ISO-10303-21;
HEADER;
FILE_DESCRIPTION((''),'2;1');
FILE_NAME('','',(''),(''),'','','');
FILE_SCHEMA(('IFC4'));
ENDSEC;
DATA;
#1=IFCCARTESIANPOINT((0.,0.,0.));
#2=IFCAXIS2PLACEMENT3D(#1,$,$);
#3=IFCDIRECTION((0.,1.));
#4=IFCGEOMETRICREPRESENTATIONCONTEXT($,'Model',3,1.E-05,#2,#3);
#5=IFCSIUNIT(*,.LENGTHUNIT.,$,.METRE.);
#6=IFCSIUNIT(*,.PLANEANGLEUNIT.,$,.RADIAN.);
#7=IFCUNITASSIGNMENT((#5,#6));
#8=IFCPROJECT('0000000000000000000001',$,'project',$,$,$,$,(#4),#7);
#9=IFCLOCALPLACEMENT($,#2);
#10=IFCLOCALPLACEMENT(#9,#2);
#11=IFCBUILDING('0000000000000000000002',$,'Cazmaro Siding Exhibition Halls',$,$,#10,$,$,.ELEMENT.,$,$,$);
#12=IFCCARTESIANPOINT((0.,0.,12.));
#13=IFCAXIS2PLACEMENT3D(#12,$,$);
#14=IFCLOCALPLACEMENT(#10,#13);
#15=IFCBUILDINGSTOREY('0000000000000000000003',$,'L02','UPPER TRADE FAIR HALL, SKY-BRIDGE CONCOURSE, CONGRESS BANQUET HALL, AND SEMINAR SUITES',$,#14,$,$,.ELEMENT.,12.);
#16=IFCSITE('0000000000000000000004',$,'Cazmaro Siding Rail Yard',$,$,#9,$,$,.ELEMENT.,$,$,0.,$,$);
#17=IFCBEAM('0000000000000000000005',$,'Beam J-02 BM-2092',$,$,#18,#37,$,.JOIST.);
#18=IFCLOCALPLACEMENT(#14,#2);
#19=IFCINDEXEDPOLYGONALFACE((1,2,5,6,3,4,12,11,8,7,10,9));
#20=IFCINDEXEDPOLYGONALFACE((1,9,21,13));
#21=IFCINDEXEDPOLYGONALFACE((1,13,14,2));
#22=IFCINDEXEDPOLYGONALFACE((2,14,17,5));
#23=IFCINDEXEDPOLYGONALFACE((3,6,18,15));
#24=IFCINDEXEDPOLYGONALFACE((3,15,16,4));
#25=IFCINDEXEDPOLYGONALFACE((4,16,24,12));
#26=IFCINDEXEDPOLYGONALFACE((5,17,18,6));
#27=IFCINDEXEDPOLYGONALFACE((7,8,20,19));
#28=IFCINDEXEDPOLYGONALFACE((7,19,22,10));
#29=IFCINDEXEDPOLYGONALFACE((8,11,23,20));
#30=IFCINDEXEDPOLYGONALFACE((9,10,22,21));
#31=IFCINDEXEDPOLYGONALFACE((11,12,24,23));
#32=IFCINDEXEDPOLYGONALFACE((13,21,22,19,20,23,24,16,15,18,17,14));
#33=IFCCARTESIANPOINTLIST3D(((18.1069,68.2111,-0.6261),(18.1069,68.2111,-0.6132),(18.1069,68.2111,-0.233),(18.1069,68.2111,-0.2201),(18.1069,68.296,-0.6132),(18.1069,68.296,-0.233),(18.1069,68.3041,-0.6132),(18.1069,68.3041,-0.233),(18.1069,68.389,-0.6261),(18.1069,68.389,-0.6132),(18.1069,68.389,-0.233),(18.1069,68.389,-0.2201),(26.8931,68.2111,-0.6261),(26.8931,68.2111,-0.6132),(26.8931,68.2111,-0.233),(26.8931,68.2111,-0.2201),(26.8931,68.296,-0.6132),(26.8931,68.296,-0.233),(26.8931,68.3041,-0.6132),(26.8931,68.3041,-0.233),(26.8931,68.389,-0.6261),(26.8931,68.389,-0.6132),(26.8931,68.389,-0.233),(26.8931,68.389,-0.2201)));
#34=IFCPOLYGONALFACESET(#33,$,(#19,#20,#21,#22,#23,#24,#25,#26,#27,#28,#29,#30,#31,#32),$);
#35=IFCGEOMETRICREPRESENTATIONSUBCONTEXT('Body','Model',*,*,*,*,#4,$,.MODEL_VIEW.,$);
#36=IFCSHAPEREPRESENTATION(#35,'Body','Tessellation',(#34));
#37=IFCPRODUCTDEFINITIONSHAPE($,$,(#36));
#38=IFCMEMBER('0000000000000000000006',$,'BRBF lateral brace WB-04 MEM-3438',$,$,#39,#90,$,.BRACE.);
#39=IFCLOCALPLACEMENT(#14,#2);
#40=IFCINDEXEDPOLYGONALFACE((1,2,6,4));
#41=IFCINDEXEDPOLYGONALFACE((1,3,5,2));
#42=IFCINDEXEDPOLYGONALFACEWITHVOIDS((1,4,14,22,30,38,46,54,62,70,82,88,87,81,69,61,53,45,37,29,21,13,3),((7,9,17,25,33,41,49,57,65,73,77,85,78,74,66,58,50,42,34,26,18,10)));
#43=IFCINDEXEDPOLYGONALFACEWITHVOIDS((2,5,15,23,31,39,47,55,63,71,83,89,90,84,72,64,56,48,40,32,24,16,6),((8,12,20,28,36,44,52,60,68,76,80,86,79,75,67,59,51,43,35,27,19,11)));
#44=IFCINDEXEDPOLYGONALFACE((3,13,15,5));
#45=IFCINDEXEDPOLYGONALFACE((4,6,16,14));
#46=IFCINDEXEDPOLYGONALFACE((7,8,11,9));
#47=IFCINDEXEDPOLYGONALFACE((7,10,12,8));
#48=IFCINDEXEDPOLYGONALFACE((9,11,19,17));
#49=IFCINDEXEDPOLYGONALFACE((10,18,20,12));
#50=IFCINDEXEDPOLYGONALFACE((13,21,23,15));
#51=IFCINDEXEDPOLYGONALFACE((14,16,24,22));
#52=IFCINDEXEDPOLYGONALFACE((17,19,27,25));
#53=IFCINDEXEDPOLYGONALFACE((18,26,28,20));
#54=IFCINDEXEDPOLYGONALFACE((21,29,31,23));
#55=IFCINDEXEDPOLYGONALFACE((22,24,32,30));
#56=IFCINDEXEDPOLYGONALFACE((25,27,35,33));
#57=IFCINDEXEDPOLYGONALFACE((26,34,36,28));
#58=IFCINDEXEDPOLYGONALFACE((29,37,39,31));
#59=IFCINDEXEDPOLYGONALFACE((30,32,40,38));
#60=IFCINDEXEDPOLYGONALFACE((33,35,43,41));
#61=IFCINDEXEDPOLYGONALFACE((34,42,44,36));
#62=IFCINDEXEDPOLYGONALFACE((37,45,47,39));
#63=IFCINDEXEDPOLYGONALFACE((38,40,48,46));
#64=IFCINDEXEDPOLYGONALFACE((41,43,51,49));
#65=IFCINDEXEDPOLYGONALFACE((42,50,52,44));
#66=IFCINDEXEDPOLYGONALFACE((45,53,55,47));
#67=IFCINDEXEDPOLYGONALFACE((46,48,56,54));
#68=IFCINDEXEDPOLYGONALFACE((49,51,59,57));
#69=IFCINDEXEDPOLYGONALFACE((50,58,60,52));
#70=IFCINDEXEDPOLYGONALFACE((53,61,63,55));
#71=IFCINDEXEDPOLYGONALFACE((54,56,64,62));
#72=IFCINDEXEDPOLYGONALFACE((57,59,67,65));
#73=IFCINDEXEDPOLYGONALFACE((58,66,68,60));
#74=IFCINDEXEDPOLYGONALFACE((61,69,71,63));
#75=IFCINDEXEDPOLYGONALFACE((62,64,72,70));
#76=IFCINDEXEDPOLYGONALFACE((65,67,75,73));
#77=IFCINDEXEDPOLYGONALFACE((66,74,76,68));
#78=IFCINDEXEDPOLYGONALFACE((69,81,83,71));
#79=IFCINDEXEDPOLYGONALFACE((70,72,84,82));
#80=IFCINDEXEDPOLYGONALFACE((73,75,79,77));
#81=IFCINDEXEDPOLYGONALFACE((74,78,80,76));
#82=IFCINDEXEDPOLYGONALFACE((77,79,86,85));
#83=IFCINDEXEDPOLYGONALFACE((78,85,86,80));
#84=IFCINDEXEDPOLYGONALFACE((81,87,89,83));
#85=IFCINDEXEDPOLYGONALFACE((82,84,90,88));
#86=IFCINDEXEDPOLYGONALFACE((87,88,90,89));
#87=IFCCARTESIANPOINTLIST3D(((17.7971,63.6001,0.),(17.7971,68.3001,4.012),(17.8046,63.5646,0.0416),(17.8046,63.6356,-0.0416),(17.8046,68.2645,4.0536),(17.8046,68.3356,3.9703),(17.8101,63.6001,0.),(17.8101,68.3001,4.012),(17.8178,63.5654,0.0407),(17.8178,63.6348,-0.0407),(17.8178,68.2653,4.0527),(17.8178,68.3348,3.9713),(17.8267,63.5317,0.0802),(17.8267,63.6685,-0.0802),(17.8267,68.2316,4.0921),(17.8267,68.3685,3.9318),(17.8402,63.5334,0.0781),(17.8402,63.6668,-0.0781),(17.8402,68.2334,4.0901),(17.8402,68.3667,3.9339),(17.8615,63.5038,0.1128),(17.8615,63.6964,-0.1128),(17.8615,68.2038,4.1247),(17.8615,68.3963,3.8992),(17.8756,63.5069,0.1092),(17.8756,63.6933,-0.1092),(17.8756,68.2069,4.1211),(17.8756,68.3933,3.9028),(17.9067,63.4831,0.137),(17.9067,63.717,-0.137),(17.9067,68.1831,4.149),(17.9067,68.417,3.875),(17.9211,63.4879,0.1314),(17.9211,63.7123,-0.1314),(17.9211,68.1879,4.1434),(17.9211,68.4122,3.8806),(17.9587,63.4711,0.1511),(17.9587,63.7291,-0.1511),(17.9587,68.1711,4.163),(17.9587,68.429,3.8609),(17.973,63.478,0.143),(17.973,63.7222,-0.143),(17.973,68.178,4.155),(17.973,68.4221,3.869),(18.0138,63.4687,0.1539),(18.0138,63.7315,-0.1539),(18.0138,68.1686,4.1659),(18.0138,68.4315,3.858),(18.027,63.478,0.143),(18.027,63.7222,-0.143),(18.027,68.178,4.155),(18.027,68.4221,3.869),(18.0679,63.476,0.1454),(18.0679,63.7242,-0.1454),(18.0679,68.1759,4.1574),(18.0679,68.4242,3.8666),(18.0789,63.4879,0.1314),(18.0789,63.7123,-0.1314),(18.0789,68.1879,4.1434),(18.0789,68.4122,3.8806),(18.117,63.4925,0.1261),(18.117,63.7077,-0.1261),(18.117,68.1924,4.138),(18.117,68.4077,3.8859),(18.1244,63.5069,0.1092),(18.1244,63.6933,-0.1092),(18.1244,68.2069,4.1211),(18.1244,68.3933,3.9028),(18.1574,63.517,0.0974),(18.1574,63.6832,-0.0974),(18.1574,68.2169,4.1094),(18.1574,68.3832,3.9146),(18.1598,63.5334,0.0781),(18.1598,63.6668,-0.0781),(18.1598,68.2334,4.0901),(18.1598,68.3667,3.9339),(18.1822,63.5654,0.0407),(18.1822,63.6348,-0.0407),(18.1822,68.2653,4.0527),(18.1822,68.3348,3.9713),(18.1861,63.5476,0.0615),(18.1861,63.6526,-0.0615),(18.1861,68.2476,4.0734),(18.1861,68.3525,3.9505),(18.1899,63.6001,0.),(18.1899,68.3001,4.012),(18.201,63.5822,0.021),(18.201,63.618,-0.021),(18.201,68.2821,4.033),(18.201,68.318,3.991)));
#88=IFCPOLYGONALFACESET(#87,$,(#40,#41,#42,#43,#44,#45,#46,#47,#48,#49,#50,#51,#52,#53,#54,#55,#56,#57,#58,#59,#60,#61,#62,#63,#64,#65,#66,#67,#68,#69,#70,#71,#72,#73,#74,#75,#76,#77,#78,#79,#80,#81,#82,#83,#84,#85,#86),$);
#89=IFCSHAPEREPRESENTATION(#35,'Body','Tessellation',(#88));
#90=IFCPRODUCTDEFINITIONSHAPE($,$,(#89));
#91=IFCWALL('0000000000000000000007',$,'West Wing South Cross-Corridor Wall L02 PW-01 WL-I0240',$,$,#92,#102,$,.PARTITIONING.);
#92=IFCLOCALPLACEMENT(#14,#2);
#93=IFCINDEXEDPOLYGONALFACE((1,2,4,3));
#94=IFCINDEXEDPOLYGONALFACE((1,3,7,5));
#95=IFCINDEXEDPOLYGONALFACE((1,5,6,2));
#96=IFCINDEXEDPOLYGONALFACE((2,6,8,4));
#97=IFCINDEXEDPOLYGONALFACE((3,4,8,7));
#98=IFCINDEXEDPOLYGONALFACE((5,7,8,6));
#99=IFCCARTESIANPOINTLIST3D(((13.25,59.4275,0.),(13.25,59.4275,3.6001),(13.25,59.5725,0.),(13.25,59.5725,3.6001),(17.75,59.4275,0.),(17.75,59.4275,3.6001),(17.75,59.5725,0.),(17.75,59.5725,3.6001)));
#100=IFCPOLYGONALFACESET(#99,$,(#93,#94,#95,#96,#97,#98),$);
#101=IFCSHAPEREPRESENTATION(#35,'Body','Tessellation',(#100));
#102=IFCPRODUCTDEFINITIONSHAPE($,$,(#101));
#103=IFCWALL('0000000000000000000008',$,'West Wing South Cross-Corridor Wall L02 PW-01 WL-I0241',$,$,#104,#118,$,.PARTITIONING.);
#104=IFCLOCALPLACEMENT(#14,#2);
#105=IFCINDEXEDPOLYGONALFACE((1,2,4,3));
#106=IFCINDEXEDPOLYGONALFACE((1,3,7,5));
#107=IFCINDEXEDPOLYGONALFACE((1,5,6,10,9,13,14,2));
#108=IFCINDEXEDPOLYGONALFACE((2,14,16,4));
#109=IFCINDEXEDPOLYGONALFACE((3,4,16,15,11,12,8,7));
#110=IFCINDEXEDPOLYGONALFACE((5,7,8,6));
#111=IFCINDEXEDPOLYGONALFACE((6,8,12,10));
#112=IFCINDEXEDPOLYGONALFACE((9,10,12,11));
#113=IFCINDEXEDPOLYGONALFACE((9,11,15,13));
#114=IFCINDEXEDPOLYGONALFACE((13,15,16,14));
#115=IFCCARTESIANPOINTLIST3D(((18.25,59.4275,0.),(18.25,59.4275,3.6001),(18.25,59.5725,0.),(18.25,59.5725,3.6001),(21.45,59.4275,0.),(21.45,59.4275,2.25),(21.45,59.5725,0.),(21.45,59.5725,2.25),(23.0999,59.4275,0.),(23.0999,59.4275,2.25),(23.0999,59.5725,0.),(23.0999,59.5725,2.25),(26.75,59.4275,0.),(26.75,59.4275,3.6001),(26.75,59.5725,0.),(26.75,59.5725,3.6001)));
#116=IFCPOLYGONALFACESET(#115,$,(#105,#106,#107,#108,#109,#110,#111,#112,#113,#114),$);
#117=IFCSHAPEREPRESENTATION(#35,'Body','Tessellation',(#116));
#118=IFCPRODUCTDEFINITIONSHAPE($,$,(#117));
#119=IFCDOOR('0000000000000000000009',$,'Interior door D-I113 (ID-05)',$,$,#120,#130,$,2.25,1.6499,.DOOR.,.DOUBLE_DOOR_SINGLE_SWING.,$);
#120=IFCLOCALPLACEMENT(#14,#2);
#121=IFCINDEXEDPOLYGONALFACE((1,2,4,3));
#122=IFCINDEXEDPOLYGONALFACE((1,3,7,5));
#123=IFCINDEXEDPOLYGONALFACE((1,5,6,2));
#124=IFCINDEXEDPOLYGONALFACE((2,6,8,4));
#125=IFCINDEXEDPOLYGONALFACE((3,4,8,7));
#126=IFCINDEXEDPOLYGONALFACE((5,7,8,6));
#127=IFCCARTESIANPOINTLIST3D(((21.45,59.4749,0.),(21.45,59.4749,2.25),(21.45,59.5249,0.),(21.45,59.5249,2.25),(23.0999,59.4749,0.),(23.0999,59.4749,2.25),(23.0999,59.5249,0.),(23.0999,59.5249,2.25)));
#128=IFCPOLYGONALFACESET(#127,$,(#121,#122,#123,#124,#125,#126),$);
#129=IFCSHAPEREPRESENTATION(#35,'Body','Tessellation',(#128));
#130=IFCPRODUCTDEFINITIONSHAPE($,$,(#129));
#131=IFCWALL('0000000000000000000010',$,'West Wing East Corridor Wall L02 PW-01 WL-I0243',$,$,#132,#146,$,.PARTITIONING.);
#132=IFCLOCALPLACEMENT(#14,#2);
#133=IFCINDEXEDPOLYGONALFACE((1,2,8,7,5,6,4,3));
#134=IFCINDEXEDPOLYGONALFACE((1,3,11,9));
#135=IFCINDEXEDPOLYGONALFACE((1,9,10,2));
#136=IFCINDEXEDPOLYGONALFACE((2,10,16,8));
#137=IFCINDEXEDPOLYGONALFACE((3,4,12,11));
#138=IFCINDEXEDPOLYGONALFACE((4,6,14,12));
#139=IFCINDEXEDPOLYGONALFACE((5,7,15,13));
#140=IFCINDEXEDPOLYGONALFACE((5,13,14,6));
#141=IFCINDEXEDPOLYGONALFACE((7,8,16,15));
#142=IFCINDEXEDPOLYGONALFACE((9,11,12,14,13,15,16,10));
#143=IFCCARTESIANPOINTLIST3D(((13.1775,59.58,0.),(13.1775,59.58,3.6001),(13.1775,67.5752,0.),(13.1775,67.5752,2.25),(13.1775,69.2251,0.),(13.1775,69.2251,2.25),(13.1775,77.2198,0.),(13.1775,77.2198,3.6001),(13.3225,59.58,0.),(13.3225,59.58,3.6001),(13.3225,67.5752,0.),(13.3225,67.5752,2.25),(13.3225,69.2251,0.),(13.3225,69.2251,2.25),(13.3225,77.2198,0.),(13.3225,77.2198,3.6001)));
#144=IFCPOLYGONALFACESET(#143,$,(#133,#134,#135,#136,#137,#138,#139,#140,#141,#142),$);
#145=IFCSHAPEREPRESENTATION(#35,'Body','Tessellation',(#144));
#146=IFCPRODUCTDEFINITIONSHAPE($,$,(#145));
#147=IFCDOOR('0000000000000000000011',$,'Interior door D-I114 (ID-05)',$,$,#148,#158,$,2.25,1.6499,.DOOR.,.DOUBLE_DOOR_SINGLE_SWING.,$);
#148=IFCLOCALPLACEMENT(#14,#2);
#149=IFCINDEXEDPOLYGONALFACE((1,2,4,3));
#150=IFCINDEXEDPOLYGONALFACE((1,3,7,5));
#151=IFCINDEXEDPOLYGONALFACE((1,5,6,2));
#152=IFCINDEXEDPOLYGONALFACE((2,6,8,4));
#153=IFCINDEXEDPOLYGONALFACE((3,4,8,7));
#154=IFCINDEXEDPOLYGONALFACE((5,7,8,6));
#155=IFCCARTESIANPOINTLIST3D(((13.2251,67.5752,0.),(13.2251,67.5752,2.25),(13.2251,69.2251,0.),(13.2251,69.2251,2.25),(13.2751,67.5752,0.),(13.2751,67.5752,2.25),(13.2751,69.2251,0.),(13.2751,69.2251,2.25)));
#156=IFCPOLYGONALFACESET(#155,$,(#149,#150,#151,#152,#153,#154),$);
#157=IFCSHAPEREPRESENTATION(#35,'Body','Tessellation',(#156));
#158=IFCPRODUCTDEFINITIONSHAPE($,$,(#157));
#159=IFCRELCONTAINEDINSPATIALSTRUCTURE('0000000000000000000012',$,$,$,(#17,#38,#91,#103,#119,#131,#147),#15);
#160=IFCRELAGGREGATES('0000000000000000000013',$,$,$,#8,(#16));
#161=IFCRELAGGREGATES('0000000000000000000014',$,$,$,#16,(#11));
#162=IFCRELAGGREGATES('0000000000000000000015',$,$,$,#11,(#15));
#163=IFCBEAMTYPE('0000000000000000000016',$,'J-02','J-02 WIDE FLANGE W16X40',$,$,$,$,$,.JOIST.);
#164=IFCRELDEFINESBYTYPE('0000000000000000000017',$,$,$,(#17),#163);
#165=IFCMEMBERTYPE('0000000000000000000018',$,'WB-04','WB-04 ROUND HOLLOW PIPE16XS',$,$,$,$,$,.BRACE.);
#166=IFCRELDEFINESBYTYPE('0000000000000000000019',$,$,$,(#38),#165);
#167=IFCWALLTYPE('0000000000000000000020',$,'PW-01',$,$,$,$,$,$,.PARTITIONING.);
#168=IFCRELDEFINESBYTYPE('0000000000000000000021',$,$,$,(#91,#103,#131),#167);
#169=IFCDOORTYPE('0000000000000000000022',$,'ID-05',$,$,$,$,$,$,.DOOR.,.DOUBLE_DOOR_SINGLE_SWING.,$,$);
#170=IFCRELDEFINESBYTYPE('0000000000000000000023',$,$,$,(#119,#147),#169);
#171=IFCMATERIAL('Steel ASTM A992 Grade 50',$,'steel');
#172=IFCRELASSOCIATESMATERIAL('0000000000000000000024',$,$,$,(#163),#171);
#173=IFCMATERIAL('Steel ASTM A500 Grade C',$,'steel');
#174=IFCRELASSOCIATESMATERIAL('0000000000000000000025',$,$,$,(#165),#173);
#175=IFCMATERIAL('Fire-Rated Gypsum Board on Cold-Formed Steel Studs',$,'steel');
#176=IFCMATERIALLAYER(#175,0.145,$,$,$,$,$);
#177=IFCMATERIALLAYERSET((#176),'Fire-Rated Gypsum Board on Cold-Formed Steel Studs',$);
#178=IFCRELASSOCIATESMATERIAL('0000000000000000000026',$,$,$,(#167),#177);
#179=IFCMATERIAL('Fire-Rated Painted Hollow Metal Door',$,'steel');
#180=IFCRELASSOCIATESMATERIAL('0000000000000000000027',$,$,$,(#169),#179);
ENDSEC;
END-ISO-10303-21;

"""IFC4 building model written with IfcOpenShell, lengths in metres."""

from ifc_helpers import new_model, si_unit, direction, frame, frame_2d, origin, origin_2d, place, context, subcontext, project, spatial, rectangle, hollow_circle, i_section, extrude, material, layer, layer_set, material_profile, profile_set, type_object, element, fill, save


model = new_model("IFC4")

# Units and contexts
model_context = context("Model", 3, precision=1e-05, world=origin(), true_north=direction((0.0, 1.0)))
body_context = subcontext(model_context, "Body", "Model", "MODEL_VIEW")
ifc_project = project(units=[si_unit("LENGTHUNIT", "METRE"), si_unit("PLANEANGLEUNIT", "RADIAN")], contexts=[model_context])

# Site, building, storey
site_placement = place(None, origin())
site = spatial("IfcSite", under=ifc_project, at=site_placement, Name="Cazmaro Siding Rail Yard", CompositionType="ELEMENT", RefElevation=0.0)
building_placement = place(site_placement, origin())
building = spatial("IfcBuilding", under=site, at=building_placement, Name="Cazmaro Siding Exhibition Halls", CompositionType="ELEMENT")
storey_placement = place(building_placement, frame((0.0, 0.0, 12.0)))
storey = spatial("IfcBuildingStorey", under=building, at=storey_placement, Name="L02", Description="UPPER TRADE FAIR HALL, SKY-BRIDGE CONCOURSE, CONGRESS BANQUET HALL, AND SEMINAR SUITES", CompositionType="ELEMENT", Elevation=12.0)

# Beam
ifc_material_1 = material(Name="Steel ASTM A992 Grade 50", Category="steel")
ifc_material_profile_1 = material_profile(ifc_material_1, i_section(OverallWidth=0.178, OverallDepth=0.406, WebThickness=0.0081, FlangeThickness=0.0129, at=origin_2d()), Name="W16X40")
ifc_profile_set_1 = profile_set([ifc_material_profile_1], Name="Steel ASTM A992 Grade 50")
beam_type_1 = type_object("IfcBeamType", Name="J-02", Description="J-02 WIDE FLANGE W16X40", PredefinedType="JOIST", material=ifc_profile_set_1)
for number, where, z_axis, x_axis, name in (
    (1, (18.1069, 68.3, -0.4231), (1.0, 0.0, 0.0), (0.0, 1.0, 0.0), "Beam J-02 BM-2092"),
):
    element("IfcBeam", number, at=place(storey_placement, frame(where, z_axis=z_axis, x_axis=x_axis)), inside=storey, type_object=beam_type_1, Name=name, PredefinedType="JOIST", context=body_context, shape_type="SweptSolid", body=[
        extrude(i_section(OverallWidth=0.178, OverallDepth=0.406, WebThickness=0.0081, FlangeThickness=0.0129, at=origin_2d()), origin(), (0.0, 0.0, 1.0), 8.7861),
    ])

# Member
ifc_material_2 = material(Name="Steel ASTM A500 Grade C", Category="steel")
ifc_material_profile_2 = material_profile(ifc_material_2, hollow_circle(Radius=0.2029, WallThickness=0.0129, at=origin_2d()), Name="PIPE16XS")
ifc_profile_set_2 = profile_set([ifc_material_profile_2], Name="Steel ASTM A500 Grade C")
member_type = type_object("IfcMemberType", Name="WB-04", Description="WB-04 ROUND HOLLOW PIPE16XS", PredefinedType="BRACE", material=ifc_profile_set_2)
member_placement = place(storey_placement, frame((18.0, 63.6001, 0.0), z_axis=(0.0, 0.76058, 0.649245), x_axis=(-1.0, 0.0, 0.0)))
element("IfcMember", 2, at=member_placement, inside=storey, type_object=member_type, Name="BRBF lateral brace WB-04 MEM-3438", PredefinedType="BRACE", context=body_context, shape_type="SweptSolid", body=[
    extrude(hollow_circle(Radius=0.2029, WallThickness=0.0129, at=origin_2d()), origin(), (0.0, 0.0, 1.0), 6.1794),
])

# Wall
ifc_material_3 = material(Name="Fire-Rated Gypsum Board on Cold-Formed Steel Studs", Category="steel")
ifc_layer_1 = layer(ifc_material_3, 0.145)
ifc_layer_set_1 = layer_set([ifc_layer_1], Name="Fire-Rated Gypsum Board on Cold-Formed Steel Studs")
wall_type_1 = type_object("IfcWallType", Name="PW-01", PredefinedType="PARTITIONING", material=ifc_layer_set_1)
wall_1_placement = place(storey_placement, frame((13.25, 59.5, 0.0), z_axis=(0.0, 0.0, 1.0), x_axis=(1.0, 0.0, 0.0)))
element("IfcWall", 3, at=wall_1_placement, inside=storey, type_object=wall_type_1, Name="West Wing South Cross-Corridor Wall L02 PW-01 WL-I0240", PredefinedType="PARTITIONING", context=body_context, shape_type="SweptSolid", body=[
    extrude(rectangle(XDim=4.5, YDim=0.145, at=frame_2d((2.25, 0.0))), origin(), (0.0, 0.0, 1.0), 3.6001),
])

# Walls, openings, doors
wall_2_placement = place(storey_placement, frame((18.25, 59.5, 0.0), z_axis=(0.0, 0.0, 1.0), x_axis=(1.0, 0.0, 0.0)))
wall_2 = element("IfcWall", 4, at=wall_2_placement, inside=storey, type_object=wall_type_1, Name="West Wing South Cross-Corridor Wall L02 PW-01 WL-I0241", PredefinedType="PARTITIONING", context=body_context, shape_type="SweptSolid", body=[
    extrude(rectangle(XDim=8.5, YDim=0.145, at=frame_2d((4.25, 0.0))), origin(), (0.0, 0.0, 1.0), 3.6001),
])
opening_1_placement = place(wall_2_placement, frame((3.2, 0.0, 0.0)))
opening_1 = element("IfcOpeningElement", 5, at=opening_1_placement, cuts=wall_2, PredefinedType="OPENING", context=body_context, shape_type="SweptSolid", body=[
    extrude(rectangle(XDim=1.6499, YDim=2.25, at=frame_2d((0.825, 1.125))), frame((0.0, 0.0825, 0.0), z_axis=(0.0, -1.0, 0.0), x_axis=(1.0, 0.0, 0.0)), (0.0, 0.0, 1.0), 0.165),
])
ifc_material_4 = material(Name="Fire-Rated Painted Hollow Metal Door", Category="steel")
door_type_1 = type_object("IfcDoorType", Name="ID-05", OperationType="DOUBLE_DOOR_SINGLE_SWING", PredefinedType="DOOR", material=ifc_material_4)
door_1_placement = place(opening_1_placement, origin())
door_1 = element("IfcDoor", 6, at=door_1_placement, inside=storey, type_object=door_type_1, Name="Interior door D-I113 (ID-05)", OperationType="DOUBLE_DOOR_SINGLE_SWING", OverallHeight=2.25, OverallWidth=1.6499, PredefinedType="DOOR", context=body_context, shape_type="SweptSolid", body=[
    extrude(rectangle(XDim=1.6499, YDim=2.25, at=frame_2d((0.825, 1.125))), frame((0.0, 0.0249, 0.0), z_axis=(0.0, -1.0, 0.0), x_axis=(1.0, 0.0, 0.0)), (0.0, 0.0, 1.0), 0.05),
])
fill(opening_1, door_1)
wall_3_placement = place(storey_placement, frame((13.25, 59.5801, 0.0), z_axis=(0.0, 0.0, 1.0), x_axis=(0.0, 1.0, 0.0)))
wall_3 = element("IfcWall", 7, at=wall_3_placement, inside=storey, type_object=wall_type_1, Name="West Wing East Corridor Wall L02 PW-01 WL-I0243", PredefinedType="PARTITIONING", context=body_context, shape_type="SweptSolid", body=[
    extrude(rectangle(XDim=17.6399, YDim=0.145, at=frame_2d((8.8198, 0.0))), origin(), (0.0, 0.0, 1.0), 3.6001),
])
opening_2_placement = place(wall_3_placement, frame((7.9951, 0.0, 0.0)))
opening_2 = element("IfcOpeningElement", 8, at=opening_2_placement, cuts=wall_3, PredefinedType="OPENING", context=body_context, shape_type="SweptSolid", body=[
    extrude(rectangle(XDim=1.6499, YDim=2.25, at=frame_2d((0.825, 1.125))), frame((0.0, 0.0825, 0.0), z_axis=(0.0, -1.0, 0.0), x_axis=(1.0, 0.0, 0.0)), (0.0, 0.0, 1.0), 0.165),
])
door_2_placement = place(opening_2_placement, origin())
door_2 = element("IfcDoor", 9, at=door_2_placement, inside=storey, type_object=door_type_1, Name="Interior door D-I114 (ID-05)", OperationType="DOUBLE_DOOR_SINGLE_SWING", OverallHeight=2.25, OverallWidth=1.6499, PredefinedType="DOOR", context=body_context, shape_type="SweptSolid", body=[
    extrude(rectangle(XDim=1.6499, YDim=2.25, at=frame_2d((0.825, 1.125))), frame((0.0, 0.0249, 0.0), z_axis=(0.0, -1.0, 0.0), x_axis=(1.0, 0.0, 0.0)), (0.0, 0.0, 1.0), 0.05),
])
fill(opening_2, door_2)

save(model, "model.ifc")
